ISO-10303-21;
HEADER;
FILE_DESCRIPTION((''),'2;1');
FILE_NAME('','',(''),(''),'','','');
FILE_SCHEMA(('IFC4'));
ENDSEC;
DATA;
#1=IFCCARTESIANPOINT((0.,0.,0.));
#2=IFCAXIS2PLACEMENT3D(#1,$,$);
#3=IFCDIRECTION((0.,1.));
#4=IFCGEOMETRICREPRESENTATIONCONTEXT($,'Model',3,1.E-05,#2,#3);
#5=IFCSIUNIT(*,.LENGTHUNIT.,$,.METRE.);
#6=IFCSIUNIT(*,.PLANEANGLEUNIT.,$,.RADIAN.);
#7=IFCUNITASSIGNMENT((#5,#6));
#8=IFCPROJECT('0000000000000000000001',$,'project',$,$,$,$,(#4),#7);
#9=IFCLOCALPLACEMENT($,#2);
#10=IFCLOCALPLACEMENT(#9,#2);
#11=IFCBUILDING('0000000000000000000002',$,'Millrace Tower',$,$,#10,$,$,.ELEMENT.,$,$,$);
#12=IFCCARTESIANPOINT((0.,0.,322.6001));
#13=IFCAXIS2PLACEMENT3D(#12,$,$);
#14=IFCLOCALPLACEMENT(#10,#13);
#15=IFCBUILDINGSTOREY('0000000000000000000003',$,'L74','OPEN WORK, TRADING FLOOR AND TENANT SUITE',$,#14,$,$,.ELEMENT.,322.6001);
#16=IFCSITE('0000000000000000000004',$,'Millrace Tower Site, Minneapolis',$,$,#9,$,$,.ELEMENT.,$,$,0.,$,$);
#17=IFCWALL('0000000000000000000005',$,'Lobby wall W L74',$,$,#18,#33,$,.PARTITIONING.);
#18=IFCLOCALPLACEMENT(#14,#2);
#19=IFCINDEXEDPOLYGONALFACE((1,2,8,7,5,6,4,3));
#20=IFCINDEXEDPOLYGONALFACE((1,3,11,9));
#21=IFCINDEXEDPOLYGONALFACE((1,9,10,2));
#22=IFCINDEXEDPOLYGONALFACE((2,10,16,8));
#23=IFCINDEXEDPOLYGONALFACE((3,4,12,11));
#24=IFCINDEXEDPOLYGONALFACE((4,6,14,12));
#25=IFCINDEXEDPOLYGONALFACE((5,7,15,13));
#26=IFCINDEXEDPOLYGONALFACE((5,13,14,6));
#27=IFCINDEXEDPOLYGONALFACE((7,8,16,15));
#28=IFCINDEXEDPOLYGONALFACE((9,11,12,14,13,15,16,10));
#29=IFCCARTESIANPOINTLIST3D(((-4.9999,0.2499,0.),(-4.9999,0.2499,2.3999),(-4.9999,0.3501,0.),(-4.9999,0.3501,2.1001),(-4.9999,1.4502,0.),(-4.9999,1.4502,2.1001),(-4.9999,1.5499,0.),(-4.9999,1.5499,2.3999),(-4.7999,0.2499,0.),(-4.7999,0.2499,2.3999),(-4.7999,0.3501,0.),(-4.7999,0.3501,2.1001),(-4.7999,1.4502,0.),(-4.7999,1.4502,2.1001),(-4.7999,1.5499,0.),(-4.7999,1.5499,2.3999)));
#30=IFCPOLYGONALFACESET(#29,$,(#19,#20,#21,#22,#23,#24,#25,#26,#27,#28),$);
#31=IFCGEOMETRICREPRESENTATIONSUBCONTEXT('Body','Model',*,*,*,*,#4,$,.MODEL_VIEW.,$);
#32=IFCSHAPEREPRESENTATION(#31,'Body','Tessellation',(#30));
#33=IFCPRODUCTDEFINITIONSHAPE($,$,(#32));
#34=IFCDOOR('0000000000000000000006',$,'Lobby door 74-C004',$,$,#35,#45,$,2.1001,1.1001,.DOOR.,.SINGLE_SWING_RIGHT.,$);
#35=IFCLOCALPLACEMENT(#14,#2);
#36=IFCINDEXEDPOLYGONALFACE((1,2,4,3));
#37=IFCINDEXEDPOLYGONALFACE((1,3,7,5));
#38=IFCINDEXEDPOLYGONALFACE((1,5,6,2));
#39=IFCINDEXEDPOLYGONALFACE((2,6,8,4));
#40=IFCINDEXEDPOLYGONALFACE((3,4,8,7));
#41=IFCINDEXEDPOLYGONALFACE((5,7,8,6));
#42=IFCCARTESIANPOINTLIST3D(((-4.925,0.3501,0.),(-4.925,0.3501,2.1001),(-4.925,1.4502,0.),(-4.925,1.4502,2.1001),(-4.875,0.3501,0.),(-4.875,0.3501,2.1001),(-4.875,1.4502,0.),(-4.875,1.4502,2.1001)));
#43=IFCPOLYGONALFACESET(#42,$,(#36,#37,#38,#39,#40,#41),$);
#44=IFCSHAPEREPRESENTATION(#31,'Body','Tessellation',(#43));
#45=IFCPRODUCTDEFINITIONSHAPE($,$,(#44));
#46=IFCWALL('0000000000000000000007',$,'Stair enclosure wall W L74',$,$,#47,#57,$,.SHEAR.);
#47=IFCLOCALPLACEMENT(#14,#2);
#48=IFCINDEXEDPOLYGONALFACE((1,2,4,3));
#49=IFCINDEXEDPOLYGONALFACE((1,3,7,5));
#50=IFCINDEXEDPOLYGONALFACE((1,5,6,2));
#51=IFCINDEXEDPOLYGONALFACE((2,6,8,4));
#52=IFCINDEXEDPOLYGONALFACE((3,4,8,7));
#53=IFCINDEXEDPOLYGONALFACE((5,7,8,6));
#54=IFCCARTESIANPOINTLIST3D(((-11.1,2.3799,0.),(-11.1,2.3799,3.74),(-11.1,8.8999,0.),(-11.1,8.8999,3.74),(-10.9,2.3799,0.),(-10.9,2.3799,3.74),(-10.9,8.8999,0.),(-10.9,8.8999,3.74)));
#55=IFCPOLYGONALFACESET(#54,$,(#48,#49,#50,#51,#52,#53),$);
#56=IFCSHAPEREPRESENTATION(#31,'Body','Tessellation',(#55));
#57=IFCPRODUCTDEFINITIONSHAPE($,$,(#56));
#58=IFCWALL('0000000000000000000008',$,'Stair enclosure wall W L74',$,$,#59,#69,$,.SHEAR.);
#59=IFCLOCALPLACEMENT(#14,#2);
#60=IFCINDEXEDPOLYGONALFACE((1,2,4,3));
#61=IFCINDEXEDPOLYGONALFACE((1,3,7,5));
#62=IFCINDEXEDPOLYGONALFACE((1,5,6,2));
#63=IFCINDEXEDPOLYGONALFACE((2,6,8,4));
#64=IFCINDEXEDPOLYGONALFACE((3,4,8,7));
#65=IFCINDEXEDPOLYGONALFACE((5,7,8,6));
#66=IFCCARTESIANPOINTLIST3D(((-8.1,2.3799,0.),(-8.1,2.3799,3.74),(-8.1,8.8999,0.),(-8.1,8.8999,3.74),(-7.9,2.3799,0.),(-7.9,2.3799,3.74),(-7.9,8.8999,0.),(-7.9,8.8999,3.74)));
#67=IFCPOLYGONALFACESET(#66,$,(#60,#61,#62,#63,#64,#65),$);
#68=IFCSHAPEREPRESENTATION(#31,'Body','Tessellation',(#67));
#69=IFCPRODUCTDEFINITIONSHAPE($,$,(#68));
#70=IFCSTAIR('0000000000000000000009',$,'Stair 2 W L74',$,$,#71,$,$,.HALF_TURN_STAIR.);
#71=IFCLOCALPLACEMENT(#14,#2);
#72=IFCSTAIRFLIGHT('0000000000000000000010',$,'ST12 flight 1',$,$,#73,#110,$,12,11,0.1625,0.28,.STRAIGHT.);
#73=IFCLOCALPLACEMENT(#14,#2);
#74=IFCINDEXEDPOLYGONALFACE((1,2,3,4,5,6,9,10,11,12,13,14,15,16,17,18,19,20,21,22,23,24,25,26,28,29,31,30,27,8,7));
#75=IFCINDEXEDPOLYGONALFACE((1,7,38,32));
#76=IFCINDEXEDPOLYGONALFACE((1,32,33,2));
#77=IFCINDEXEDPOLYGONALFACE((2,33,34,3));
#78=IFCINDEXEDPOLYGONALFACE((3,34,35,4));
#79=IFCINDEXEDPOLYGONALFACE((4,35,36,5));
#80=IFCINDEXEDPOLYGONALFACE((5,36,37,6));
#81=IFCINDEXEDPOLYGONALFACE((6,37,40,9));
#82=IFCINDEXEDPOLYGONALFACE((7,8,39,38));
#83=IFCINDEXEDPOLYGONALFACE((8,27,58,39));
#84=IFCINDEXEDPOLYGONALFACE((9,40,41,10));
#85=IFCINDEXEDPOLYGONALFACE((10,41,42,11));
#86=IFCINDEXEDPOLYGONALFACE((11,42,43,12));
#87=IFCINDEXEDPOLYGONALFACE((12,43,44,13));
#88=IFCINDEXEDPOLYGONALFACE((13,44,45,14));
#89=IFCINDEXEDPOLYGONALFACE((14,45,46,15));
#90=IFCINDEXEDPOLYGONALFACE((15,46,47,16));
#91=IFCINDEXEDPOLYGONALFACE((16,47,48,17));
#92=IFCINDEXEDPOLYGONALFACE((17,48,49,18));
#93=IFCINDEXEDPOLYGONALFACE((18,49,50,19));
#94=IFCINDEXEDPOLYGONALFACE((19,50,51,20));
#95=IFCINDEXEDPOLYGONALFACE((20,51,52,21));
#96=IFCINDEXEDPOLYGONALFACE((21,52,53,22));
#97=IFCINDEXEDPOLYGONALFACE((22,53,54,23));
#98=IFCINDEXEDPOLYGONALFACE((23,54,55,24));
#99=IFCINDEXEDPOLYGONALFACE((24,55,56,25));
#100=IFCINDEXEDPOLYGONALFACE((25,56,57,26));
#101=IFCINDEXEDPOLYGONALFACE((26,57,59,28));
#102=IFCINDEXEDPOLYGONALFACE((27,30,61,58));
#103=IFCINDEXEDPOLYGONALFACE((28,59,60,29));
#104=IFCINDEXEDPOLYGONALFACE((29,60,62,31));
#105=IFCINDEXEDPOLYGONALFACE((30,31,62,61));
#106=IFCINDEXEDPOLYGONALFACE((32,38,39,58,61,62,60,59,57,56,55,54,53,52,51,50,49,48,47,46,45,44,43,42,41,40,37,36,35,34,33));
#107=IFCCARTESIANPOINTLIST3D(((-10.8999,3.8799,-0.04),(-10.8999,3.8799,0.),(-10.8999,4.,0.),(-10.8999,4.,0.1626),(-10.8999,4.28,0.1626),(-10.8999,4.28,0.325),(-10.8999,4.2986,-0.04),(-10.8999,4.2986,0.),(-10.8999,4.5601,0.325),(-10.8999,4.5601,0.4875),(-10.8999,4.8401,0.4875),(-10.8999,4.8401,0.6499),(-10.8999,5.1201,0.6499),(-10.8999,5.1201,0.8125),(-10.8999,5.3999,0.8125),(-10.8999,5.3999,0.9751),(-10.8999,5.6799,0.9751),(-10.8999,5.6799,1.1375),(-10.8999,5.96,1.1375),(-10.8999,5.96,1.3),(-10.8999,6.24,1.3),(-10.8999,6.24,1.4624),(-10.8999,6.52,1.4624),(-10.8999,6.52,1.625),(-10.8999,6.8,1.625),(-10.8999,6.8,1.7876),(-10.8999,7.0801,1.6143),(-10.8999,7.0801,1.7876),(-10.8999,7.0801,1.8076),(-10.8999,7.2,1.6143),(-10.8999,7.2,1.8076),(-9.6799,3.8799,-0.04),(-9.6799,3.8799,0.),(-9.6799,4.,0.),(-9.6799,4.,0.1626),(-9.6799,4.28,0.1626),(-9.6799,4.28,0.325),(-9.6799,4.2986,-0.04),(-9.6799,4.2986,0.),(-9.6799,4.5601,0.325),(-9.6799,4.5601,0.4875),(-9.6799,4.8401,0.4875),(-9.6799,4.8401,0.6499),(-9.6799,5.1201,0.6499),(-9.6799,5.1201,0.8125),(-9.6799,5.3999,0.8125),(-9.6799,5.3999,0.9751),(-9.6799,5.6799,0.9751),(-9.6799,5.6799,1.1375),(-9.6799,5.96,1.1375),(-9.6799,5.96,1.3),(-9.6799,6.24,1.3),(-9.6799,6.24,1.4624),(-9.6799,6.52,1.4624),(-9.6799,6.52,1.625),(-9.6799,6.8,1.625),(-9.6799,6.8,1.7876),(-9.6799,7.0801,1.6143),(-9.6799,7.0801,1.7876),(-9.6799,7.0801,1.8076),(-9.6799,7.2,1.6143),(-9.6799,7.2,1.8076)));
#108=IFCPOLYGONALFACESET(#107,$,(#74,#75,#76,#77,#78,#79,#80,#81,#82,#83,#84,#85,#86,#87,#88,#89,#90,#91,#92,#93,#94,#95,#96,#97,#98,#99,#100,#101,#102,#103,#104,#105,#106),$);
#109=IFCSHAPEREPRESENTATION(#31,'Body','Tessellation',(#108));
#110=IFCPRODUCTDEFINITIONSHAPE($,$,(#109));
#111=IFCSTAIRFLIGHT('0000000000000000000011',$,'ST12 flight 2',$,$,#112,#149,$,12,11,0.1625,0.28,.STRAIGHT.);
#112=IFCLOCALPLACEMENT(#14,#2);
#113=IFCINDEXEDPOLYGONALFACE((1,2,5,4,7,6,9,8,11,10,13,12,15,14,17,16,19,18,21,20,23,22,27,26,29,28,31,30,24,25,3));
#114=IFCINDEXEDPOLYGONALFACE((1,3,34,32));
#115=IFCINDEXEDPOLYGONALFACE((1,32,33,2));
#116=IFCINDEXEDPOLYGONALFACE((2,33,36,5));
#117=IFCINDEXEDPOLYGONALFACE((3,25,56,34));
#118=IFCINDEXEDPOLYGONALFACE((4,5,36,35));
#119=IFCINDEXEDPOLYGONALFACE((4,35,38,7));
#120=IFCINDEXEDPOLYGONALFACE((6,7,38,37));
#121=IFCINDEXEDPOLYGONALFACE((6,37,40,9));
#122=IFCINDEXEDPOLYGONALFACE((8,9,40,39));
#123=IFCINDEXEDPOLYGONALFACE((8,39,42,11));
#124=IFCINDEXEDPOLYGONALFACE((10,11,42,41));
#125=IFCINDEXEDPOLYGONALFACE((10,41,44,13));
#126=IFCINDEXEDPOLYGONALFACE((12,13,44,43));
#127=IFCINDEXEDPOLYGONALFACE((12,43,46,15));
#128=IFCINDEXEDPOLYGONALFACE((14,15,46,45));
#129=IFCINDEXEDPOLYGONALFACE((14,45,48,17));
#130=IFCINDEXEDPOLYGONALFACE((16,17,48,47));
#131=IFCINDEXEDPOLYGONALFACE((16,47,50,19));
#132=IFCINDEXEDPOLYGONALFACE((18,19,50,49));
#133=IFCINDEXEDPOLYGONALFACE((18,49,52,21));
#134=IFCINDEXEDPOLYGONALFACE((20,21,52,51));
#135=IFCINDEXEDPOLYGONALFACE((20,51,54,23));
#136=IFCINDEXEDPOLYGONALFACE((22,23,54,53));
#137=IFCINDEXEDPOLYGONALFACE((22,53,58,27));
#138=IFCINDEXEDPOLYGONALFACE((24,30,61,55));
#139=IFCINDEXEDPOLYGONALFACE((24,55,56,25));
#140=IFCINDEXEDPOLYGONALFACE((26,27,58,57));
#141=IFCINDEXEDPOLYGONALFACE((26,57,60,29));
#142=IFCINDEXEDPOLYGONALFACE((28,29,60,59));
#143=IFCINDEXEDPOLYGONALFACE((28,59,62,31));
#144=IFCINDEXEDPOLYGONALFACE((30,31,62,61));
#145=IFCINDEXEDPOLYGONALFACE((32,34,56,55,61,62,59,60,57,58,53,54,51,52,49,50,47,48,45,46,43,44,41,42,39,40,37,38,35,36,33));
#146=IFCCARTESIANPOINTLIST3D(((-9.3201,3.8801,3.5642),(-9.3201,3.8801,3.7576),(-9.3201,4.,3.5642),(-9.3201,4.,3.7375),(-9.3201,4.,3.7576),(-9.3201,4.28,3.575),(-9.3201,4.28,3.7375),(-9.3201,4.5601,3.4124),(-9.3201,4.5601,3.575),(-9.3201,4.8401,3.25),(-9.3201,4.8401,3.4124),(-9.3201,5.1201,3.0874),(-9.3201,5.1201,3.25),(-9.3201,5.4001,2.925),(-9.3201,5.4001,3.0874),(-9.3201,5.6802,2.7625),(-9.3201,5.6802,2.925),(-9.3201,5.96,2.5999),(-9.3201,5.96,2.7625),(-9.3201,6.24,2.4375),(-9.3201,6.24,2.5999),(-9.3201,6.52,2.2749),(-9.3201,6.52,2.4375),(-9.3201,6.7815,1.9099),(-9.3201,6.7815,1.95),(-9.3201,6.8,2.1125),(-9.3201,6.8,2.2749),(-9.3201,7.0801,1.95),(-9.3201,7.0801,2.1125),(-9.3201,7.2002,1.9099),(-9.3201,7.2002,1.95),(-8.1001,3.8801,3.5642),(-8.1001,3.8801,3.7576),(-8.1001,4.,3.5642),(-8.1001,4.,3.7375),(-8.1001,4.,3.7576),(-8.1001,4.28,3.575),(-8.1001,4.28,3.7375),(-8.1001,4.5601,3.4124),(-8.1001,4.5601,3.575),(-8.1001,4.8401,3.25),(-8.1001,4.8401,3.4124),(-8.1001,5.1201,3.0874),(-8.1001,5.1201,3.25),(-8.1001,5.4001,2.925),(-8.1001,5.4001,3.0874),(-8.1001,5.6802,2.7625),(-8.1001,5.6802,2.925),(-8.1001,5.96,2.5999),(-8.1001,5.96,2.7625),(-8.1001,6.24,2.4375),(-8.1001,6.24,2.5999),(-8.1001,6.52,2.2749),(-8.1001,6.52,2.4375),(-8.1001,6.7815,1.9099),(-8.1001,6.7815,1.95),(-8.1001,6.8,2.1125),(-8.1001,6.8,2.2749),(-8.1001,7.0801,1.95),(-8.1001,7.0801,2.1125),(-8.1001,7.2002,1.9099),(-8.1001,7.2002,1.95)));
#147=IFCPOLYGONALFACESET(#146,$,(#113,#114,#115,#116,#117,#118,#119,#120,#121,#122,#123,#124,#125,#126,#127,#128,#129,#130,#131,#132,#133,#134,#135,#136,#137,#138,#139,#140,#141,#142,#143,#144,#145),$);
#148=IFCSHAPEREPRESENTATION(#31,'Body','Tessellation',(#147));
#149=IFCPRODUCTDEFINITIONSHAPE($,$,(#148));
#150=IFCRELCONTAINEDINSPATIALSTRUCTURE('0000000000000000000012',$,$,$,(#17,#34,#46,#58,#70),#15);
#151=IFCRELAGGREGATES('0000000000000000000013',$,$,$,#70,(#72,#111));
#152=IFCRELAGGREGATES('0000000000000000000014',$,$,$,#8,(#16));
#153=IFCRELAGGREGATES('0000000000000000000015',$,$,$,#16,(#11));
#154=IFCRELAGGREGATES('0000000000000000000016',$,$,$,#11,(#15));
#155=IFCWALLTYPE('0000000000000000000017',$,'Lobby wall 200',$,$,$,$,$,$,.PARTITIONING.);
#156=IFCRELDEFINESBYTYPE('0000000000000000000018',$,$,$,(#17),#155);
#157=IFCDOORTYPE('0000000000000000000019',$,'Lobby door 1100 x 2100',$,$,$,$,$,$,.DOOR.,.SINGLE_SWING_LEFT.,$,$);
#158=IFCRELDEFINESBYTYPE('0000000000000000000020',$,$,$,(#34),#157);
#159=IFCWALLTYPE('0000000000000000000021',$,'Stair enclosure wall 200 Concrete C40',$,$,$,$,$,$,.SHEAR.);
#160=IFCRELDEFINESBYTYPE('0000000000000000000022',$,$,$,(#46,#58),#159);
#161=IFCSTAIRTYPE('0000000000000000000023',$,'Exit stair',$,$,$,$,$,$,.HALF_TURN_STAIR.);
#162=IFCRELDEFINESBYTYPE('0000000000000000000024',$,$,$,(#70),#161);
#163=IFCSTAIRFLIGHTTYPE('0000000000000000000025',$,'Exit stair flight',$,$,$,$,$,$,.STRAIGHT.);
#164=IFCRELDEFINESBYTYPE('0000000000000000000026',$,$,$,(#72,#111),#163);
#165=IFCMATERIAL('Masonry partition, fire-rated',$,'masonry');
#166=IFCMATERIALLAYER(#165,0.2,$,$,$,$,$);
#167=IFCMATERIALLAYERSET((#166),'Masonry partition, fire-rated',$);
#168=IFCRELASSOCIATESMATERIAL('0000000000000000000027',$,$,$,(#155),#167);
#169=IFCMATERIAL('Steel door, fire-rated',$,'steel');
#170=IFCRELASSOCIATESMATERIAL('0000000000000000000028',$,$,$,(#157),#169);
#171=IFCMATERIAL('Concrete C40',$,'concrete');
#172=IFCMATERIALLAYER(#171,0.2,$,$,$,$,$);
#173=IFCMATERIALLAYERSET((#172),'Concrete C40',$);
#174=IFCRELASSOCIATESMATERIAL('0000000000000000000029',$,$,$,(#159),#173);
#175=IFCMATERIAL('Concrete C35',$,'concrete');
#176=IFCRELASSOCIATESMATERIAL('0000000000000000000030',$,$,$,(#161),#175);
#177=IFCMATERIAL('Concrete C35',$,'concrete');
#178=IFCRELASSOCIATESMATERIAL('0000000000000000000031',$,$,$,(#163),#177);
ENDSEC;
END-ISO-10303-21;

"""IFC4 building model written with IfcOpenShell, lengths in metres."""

from ifc_helpers import new_model, si_unit, direction, frame, frame_2d, origin, place, context, subcontext, project, spatial, polyline, rectangle, outline, extrude, material, layer, layer_set, type_object, element, fill, aggregate, save


model = new_model("IFC4")

# Units and contexts
model_context = context("Model", 3, precision=1e-05, world=origin(), true_north=direction((0.0, 1.0)))
body_context = subcontext(model_context, "Body", "Model", "MODEL_VIEW")
ifc_project = project(units=[si_unit("LENGTHUNIT", "METRE"), si_unit("PLANEANGLEUNIT", "RADIAN")], contexts=[model_context])

# Site, building, storey
site_placement = place(None, origin())
site = spatial("IfcSite", under=ifc_project, at=site_placement, Name="Millrace Tower Site, Minneapolis", CompositionType="ELEMENT", RefElevation=0.0)
building_placement = place(site_placement, origin())
building = spatial("IfcBuilding", under=site, at=building_placement, Name="Millrace Tower", CompositionType="ELEMENT")
storey_placement = place(building_placement, frame((0.0, 0.0, 322.6001)))
storey = spatial("IfcBuildingStorey", under=building, at=storey_placement, Name="L74", Description="OPEN WORK, TRADING FLOOR AND TENANT SUITE", CompositionType="ELEMENT", Elevation=322.6001)

# Shared definitions
placement_1 = place(storey_placement, origin())

# Wall, opening, door
ifc_material_1 = material(Name="Masonry partition, fire-rated", Category="masonry")
ifc_layer_1 = layer(ifc_material_1, 0.2)
ifc_layer_set_1 = layer_set([ifc_layer_1], Name="Masonry partition, fire-rated")
wall_type_1 = type_object("IfcWallType", Name="Lobby wall 200", PredefinedType="PARTITIONING", material=ifc_layer_set_1)
wall_1_placement = place(storey_placement, frame((-4.8999, 0.25, 0.0), z_axis=(0.0, 0.0, 1.0), x_axis=(0.0, 1.0, 0.0)))
wall_1 = element("IfcWall", 1, at=wall_1_placement, inside=storey, type_object=wall_type_1, Name="Lobby wall W L74", PredefinedType="PARTITIONING", context=body_context, shape_type="SweptSolid", body=[
    extrude(rectangle(XDim=1.3, YDim=0.2, at=frame_2d((0.6499, 0.0))), origin(), (0.0, 0.0, 1.0), 2.3999),
])
opening_1_placement = place(wall_1_placement, frame((0.1001, 0.0, 0.0)))
opening_1 = element("IfcOpeningElement", 2, at=opening_1_placement, cuts=wall_1, PredefinedType="OPENING", context=body_context, shape_type="SweptSolid", body=[
    extrude(rectangle(XDim=1.1001, YDim=2.1001, at=frame_2d((0.55, 1.05))), frame((0.0, 0.1099, 0.0), z_axis=(0.0, -1.0, 0.0), x_axis=(1.0, 0.0, 0.0)), (0.0, 0.0, 1.0), 0.22),
])
ifc_material_2 = material(Name="Steel door, fire-rated", Category="steel")
door_type_1 = type_object("IfcDoorType", Name="Lobby door 1100 x 2100", OperationType="SINGLE_SWING_LEFT", PredefinedType="DOOR", material=ifc_material_2)
door_1_placement = place(opening_1_placement, frame((1.1001, 0.0, 0.0), z_axis=(0.0, 0.0, 1.0), x_axis=(-1.0, 0.0, 0.0)))
door_1 = element("IfcDoor", 3, at=door_1_placement, inside=storey, type_object=door_type_1, Name="Lobby door 74-C004", OperationType="SINGLE_SWING_RIGHT", OverallHeight=2.1001, OverallWidth=1.1001, PredefinedType="DOOR", context=body_context, shape_type="SweptSolid", body=[
    extrude(rectangle(XDim=1.1001, YDim=2.1001, at=frame_2d((0.55, 1.05))), frame((0.0, 0.0249, 0.0), z_axis=(0.0, -1.0, 0.0), x_axis=(1.0, 0.0, 0.0)), (0.0, 0.0, 1.0), 0.05),
])
fill(opening_1, door_1)

# Walls
ifc_material_3 = material(Name="Concrete C40", Category="concrete")
ifc_layer_2 = layer(ifc_material_3, 0.2)
ifc_layer_set_2 = layer_set([ifc_layer_2], Name="Concrete C40")
wall_type_2 = type_object("IfcWallType", Name="Stair enclosure wall 200 Concrete C40", PredefinedType="SHEAR", material=ifc_layer_set_2)
for number, where, z_axis, x_axis, name in (
    (4, (-11.0, 2.3799, 0.0), (0.0, 0.0, 1.0), (0.0, 1.0, 0.0), "Stair enclosure wall W L74"),
    (5, (-8.0, 2.3799, 0.0), (0.0, 0.0, 1.0), (0.0, 1.0, 0.0), "Stair enclosure wall W L74"),
):
    element("IfcWall", number, at=place(storey_placement, frame(where, z_axis=z_axis, x_axis=x_axis)), inside=storey, type_object=wall_type_2, Name=name, PredefinedType="SHEAR", context=body_context, shape_type="SweptSolid", body=[
        extrude(rectangle(XDim=6.52, YDim=0.2, at=frame_2d((3.26, 0.0))), origin(), (0.0, 0.0, 1.0), 3.74),
    ])

# Stair, stair flights
ifc_material_4 = material(Name="Concrete C35", Category="concrete")
stair_type = type_object("IfcStairType", Name="Exit stair", PredefinedType="HALF_TURN_STAIR", material=ifc_material_4)
stair_1 = element("IfcStair", 6, at=placement_1, inside=storey, type_object=stair_type, Name="Stair 2 W L74", PredefinedType="HALF_TURN_STAIR")
ifc_material_5 = material(Name="Concrete C35", Category="concrete")
stair_flight_type = type_object("IfcStairFlightType", Name="Exit stair flight", PredefinedType="STRAIGHT", material=ifc_material_5)
stair_flight_1_placement = place(storey_placement, frame((-10.29, 4.0, 0.0), z_axis=(0.0, 0.0, 1.0), x_axis=(0.0, 1.0, 0.0)))
stair_flight_1 = element("IfcStairFlight", 7, at=stair_flight_1_placement, type_object=stair_flight_type, Name="ST12 flight 1", NumberOfRisers=12, NumberOfTreads=11, PredefinedType="STRAIGHT", RiserHeight=0.1625, TreadLength=0.28, context=body_context, shape_type="SweptSolid", body=[
    extrude(outline(polyline([(-0.1201, -0.04), (-0.1201, 0.0), (0.0, 0.0), (0.0, 0.1626), (0.28, 0.1626), (0.28, 0.325), (0.5601, 0.325), (0.5601, 0.4875), (0.8401, 0.4875), (0.8401, 0.6499), (1.1201, 0.6499), (1.1201, 0.8125), (1.3999, 0.8125), (1.3999, 0.9751), (1.6799, 0.9751), (1.6799, 1.1375), (1.96, 1.1375), (1.96, 1.3), (2.24, 1.3), (2.24, 1.4624), (2.52, 1.4624), (2.52, 1.625), (2.8, 1.625), (2.8, 1.7876), (3.0801, 1.7876), (3.0801, 1.8076), (3.2, 1.8076), (3.2, 1.6143), (3.0801, 1.6143), (0.2986, 0.0), (0.2986, -0.04), (-0.1201, -0.04)])), frame((0.0, 0.6099, 0.0), z_axis=(0.0, -1.0, 0.0), x_axis=(1.0, 0.0, 0.0)), (0.0, 0.0, 1.0), 1.22),
])
stair_flight_2_placement = place(storey_placement, frame((-8.71, 7.0801, 1.95), z_axis=(0.0, 0.0, 1.0), x_axis=(0.0, -1.0, 0.0)))
stair_flight_2 = element("IfcStairFlight", 8, at=stair_flight_2_placement, type_object=stair_flight_type, Name="ST12 flight 2", NumberOfRisers=12, NumberOfTreads=11, PredefinedType="STRAIGHT", RiserHeight=0.1625, TreadLength=0.28, context=body_context, shape_type="SweptSolid", body=[
    extrude(outline(polyline([(-0.1201, -0.04), (-0.1201, 0.0), (0.0, 0.0), (0.0, 0.1626), (0.28, 0.1626), (0.28, 0.325), (0.5601, 0.325), (0.5601, 0.4875), (0.8401, 0.4875), (0.8401, 0.6499), (1.1201, 0.6499), (1.1201, 0.8125), (1.3999, 0.8125), (1.3999, 0.9751), (1.6799, 0.9751), (1.6799, 1.1375), (1.96, 1.1375), (1.96, 1.3), (2.24, 1.3), (2.24, 1.4624), (2.52, 1.4624), (2.52, 1.625), (2.8, 1.625), (2.8, 1.7876), (3.0801, 1.7876), (3.0801, 1.8076), (3.2, 1.8076), (3.2, 1.6143), (3.0801, 1.6143), (0.2986, 0.0), (0.2986, -0.04), (-0.1201, -0.04)])), frame((0.0, 0.6099, 0.0), z_axis=(0.0, -1.0, 0.0), x_axis=(1.0, 0.0, 0.0)), (0.0, 0.0, 1.0), 1.22),
])
aggregate(stair_1, [stair_flight_1, stair_flight_2])

save(model, "model.ifc")
